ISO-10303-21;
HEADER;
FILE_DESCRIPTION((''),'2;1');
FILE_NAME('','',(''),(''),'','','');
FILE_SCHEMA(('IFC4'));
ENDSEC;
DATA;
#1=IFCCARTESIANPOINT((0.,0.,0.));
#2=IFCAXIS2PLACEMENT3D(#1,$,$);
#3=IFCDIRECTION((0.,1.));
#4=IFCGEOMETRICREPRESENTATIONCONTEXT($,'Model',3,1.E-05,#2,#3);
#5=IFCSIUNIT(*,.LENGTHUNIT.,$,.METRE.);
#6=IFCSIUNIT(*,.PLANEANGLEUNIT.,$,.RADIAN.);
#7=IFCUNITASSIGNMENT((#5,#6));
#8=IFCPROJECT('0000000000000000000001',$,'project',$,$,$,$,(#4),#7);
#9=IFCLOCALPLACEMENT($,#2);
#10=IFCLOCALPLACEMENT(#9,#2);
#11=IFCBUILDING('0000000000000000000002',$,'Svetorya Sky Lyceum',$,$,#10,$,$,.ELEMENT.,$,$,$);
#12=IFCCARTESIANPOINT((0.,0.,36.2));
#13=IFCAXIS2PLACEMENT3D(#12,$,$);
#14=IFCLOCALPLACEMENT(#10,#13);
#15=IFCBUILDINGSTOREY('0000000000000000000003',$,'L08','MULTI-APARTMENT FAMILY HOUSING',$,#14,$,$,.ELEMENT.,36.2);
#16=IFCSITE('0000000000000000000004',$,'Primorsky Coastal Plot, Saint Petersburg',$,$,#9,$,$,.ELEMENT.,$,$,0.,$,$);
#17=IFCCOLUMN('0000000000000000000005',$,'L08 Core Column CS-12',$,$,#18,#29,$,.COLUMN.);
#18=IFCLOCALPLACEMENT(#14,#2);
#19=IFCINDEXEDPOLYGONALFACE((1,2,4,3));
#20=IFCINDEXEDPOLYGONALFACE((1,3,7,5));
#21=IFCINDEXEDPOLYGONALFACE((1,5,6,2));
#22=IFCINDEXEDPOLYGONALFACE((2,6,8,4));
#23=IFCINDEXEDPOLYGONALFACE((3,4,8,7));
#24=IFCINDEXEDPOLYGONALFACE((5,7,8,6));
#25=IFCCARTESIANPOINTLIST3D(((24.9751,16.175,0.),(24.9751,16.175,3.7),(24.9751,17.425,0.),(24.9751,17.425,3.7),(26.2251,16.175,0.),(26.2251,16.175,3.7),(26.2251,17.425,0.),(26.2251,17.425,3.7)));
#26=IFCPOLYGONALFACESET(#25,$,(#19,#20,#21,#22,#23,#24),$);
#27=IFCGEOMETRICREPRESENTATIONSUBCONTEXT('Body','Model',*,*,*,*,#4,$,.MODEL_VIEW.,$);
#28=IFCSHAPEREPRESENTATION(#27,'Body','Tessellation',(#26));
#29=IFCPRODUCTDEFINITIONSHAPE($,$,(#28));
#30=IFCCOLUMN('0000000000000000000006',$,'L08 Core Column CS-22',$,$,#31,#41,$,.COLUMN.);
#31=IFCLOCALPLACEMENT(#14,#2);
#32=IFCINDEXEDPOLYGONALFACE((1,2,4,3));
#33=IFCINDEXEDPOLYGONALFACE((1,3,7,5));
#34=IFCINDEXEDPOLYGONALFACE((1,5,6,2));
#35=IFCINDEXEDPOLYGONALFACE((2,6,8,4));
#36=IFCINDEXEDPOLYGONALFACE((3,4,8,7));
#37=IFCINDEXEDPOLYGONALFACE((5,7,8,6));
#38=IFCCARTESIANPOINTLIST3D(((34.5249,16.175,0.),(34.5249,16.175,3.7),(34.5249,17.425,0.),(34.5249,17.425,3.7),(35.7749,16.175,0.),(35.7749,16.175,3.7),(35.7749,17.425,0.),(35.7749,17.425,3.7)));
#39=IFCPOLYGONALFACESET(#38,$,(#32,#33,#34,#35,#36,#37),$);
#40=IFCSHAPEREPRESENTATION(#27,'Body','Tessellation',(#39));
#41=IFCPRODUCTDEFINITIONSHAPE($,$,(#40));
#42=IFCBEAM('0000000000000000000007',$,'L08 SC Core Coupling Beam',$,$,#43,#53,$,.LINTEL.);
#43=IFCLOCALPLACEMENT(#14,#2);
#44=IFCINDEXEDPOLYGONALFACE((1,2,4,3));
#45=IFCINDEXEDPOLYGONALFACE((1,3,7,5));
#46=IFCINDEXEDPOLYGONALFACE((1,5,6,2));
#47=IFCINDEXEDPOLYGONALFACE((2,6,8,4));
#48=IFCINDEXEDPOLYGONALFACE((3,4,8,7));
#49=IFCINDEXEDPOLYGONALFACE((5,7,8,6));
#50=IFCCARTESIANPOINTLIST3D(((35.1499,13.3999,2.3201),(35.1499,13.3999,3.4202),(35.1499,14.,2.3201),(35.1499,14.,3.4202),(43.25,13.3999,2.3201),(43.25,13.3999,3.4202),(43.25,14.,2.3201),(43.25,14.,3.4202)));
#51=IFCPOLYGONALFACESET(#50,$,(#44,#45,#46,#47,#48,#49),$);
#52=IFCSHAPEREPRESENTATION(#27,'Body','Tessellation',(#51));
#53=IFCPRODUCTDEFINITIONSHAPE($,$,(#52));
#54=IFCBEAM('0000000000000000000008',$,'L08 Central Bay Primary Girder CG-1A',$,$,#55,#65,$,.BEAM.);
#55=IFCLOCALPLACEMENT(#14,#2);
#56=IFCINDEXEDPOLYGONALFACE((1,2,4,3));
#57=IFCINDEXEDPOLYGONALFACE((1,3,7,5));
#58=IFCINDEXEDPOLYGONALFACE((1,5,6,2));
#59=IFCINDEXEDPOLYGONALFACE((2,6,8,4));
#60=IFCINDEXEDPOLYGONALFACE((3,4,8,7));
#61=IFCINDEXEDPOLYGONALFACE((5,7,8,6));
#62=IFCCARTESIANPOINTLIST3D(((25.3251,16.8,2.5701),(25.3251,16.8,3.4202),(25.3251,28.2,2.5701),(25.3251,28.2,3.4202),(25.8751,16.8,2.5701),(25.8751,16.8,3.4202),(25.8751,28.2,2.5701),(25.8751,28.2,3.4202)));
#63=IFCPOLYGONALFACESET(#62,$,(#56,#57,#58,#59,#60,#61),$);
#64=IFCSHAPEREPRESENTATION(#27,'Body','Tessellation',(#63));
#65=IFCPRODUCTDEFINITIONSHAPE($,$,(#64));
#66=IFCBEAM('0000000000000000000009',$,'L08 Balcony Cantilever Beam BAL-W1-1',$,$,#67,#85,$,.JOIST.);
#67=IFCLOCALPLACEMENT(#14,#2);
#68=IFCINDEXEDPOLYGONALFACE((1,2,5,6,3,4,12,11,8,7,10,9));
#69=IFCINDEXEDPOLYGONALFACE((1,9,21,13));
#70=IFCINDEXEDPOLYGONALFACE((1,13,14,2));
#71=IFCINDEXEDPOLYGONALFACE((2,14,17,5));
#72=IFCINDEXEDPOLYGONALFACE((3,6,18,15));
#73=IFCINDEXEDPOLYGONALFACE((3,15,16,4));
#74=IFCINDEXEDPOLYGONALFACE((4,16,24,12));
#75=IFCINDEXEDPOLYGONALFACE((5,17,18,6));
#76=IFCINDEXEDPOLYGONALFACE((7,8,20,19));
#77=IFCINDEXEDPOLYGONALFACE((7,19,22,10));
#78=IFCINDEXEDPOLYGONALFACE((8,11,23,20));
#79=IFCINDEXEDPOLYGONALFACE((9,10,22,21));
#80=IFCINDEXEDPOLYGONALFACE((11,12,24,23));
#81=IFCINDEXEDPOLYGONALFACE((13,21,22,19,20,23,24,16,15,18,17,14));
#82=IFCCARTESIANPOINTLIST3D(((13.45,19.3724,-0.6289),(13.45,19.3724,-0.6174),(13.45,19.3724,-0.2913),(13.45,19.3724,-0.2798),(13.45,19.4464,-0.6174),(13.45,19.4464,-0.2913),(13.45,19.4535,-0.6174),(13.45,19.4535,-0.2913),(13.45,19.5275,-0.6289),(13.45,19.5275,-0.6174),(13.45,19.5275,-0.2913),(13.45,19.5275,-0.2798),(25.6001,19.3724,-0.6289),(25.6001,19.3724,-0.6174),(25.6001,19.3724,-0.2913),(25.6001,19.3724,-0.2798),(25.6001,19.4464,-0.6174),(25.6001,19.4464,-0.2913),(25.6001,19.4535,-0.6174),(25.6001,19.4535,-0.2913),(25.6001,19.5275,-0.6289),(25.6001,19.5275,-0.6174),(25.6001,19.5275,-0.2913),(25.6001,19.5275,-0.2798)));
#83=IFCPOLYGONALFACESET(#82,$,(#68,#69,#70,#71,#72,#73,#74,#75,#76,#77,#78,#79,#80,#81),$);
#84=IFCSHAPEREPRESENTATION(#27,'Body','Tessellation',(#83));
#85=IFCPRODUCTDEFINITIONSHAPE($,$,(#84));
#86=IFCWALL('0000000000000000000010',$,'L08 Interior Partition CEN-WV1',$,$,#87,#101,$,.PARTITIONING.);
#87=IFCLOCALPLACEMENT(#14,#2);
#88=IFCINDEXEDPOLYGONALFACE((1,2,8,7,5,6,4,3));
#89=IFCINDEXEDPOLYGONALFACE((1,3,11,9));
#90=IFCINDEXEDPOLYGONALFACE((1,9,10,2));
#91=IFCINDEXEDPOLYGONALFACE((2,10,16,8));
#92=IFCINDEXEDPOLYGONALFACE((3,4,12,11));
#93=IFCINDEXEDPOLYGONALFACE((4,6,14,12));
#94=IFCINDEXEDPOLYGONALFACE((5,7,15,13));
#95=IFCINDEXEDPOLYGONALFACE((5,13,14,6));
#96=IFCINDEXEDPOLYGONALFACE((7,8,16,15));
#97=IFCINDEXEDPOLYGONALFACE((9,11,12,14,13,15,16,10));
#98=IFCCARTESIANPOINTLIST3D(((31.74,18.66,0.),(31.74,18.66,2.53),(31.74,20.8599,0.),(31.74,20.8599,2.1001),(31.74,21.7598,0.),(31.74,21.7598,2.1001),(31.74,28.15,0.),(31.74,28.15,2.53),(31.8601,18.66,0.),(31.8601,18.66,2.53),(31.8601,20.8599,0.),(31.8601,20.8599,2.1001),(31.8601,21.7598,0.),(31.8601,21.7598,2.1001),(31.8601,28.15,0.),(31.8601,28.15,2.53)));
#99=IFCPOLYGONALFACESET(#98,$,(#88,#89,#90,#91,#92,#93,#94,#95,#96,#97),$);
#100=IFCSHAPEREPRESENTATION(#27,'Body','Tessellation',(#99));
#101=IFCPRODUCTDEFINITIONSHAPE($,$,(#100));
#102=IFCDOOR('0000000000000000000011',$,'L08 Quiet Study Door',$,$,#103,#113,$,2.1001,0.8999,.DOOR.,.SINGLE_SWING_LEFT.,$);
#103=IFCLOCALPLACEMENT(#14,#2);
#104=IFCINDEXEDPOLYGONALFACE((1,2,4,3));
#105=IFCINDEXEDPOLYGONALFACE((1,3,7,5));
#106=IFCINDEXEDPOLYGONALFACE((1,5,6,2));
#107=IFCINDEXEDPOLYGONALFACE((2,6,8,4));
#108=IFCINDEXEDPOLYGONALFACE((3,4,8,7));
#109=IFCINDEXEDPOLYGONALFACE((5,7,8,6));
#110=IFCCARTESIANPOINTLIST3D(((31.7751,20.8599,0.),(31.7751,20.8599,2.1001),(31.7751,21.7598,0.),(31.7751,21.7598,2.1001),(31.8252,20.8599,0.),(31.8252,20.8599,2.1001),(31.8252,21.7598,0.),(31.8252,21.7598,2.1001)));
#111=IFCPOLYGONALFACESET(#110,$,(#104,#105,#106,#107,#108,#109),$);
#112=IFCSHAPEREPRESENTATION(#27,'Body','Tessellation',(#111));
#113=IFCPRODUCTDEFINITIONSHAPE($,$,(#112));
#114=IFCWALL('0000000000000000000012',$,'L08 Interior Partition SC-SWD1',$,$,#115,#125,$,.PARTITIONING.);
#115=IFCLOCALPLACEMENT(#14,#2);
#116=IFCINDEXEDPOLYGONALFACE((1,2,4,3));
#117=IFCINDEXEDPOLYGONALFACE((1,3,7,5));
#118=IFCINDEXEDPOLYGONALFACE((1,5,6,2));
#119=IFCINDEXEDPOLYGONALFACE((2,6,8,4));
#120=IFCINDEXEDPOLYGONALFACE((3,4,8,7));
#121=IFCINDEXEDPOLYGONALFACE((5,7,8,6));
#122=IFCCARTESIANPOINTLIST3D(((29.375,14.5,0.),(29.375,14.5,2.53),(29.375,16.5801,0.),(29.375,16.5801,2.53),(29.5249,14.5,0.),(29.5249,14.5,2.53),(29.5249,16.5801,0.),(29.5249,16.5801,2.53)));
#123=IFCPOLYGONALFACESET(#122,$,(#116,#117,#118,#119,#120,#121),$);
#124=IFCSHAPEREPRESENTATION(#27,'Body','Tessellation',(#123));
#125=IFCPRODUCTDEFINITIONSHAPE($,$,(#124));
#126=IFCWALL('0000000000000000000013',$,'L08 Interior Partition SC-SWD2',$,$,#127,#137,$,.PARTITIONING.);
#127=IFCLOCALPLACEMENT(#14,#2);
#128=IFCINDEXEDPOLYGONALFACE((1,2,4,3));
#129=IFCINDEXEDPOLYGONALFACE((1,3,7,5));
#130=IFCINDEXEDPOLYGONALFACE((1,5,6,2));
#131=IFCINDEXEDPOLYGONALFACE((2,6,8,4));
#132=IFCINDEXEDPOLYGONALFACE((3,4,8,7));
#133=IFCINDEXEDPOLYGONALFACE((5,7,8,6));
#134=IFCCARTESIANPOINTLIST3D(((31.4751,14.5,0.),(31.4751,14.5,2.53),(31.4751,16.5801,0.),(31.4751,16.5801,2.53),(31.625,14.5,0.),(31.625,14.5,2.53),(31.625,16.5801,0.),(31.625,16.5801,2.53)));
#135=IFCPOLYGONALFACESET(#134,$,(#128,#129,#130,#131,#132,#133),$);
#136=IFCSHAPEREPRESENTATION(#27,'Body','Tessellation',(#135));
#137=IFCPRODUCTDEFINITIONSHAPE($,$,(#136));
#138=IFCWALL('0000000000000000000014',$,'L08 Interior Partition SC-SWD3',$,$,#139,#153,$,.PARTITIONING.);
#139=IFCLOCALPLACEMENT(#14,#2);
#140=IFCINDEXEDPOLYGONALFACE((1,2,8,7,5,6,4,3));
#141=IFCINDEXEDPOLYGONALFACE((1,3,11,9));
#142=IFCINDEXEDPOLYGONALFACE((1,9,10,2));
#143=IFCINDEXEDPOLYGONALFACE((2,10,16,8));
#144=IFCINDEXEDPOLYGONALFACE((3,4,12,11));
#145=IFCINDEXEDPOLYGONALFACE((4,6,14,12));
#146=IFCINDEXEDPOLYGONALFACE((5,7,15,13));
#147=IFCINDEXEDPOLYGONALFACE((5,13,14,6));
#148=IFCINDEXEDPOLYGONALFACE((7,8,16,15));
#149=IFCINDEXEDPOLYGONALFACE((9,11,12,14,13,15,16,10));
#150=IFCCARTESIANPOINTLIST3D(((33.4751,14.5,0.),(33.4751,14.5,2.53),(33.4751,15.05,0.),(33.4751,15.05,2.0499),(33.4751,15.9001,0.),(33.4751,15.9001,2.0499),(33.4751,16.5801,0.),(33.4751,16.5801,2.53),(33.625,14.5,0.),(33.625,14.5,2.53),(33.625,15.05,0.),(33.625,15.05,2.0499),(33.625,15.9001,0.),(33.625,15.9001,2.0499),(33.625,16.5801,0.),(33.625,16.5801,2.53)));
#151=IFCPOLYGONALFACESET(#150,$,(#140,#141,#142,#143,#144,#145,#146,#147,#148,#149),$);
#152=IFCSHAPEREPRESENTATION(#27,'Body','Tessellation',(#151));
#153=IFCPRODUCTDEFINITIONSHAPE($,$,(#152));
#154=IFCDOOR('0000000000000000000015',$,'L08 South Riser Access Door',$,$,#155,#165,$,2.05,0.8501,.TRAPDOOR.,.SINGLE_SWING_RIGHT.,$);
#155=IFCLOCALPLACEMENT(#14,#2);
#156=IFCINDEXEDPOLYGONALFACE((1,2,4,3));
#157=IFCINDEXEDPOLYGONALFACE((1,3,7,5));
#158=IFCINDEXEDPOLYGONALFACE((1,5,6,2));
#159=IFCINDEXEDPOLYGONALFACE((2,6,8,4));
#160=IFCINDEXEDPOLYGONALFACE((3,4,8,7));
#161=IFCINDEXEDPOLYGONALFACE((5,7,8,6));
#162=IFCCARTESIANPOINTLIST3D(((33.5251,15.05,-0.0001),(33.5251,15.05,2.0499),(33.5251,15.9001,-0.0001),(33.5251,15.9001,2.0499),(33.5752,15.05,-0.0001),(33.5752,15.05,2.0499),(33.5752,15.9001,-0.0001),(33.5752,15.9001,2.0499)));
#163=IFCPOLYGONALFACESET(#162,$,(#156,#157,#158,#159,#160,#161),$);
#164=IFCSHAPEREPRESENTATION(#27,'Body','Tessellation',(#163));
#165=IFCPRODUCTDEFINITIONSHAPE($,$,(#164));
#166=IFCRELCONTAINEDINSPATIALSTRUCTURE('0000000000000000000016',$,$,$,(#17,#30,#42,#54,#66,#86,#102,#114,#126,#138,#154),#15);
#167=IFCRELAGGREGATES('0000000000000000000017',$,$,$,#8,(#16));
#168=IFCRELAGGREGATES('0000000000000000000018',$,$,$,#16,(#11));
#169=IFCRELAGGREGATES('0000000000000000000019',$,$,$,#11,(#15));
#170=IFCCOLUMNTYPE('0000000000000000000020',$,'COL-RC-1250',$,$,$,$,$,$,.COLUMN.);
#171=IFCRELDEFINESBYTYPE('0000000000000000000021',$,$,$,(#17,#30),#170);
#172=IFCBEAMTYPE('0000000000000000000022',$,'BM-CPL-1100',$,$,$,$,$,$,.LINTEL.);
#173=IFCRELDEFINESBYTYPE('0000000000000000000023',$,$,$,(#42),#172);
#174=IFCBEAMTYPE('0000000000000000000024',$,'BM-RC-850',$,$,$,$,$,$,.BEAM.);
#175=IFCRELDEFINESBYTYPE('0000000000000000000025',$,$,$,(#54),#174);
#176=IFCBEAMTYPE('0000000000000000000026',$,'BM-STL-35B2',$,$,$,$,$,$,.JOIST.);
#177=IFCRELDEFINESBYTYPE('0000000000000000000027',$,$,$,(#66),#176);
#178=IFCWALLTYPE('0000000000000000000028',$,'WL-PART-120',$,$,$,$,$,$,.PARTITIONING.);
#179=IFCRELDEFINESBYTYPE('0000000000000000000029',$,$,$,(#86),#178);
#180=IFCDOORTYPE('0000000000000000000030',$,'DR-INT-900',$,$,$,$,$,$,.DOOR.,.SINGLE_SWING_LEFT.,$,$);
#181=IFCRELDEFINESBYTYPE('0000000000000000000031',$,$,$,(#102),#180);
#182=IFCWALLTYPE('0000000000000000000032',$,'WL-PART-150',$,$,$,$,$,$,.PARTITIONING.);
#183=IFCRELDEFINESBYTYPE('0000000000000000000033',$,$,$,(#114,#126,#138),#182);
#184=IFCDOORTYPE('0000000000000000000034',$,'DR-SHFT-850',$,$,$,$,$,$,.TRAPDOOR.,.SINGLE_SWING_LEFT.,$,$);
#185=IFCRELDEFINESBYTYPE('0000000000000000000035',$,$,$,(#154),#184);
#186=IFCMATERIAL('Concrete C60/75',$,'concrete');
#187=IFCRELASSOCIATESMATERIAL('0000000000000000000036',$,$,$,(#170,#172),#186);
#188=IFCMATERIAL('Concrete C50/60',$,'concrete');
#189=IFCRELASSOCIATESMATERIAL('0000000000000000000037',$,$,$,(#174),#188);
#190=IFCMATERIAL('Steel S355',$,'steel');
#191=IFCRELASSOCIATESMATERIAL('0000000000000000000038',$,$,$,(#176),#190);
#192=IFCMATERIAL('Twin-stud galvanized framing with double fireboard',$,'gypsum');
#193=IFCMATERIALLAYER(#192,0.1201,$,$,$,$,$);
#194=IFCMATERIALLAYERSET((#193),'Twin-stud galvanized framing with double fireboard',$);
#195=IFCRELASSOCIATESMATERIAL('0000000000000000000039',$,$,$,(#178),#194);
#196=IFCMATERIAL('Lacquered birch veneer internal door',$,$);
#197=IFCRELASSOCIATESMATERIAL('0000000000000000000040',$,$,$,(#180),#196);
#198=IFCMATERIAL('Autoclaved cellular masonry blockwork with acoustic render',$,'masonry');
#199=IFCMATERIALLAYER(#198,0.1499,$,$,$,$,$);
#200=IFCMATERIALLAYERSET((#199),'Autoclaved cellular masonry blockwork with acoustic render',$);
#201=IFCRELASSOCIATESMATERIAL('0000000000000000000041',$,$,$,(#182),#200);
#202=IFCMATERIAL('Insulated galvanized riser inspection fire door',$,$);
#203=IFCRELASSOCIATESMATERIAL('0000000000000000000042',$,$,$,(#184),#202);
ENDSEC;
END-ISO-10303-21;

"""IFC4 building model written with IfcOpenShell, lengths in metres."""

from ifc_helpers import new_model, si_unit, direction, frame, frame_2d, origin, origin_2d, place, context, subcontext, project, spatial, rectangle, i_section, extrude, material, layer, layer_set, material_profile, profile_set, type_object, element, fill, save


model = new_model("IFC4")

# Units and contexts
model_context = context("Model", 3, precision=1e-05, world=origin(), true_north=direction((0.0, 1.0)))
body_context = subcontext(model_context, "Body", "Model", "MODEL_VIEW")
ifc_project = project(units=[si_unit("LENGTHUNIT", "METRE"), si_unit("PLANEANGLEUNIT", "RADIAN")], contexts=[model_context])

# Site, building, storey
site_placement = place(None, origin())
site = spatial("IfcSite", under=ifc_project, at=site_placement, Name="Primorsky Coastal Plot, Saint Petersburg", CompositionType="ELEMENT", RefElevation=0.0)
building_placement = place(site_placement, origin())
building = spatial("IfcBuilding", under=site, at=building_placement, Name="Svetorya Sky Lyceum", CompositionType="ELEMENT")
storey_placement = place(building_placement, frame((0.0, 0.0, 36.2)))
storey = spatial("IfcBuildingStorey", under=building, at=storey_placement, Name="L08", Description="MULTI-APARTMENT FAMILY HOUSING", CompositionType="ELEMENT", Elevation=36.2)

# Columns
ifc_material_1 = material(Name="Concrete C60/75", Category="concrete")
ifc_material_profile_1 = material_profile(ifc_material_1, rectangle(XDim=1.25, YDim=1.25, at=origin_2d()), Name="RC COL 1250x1250")
ifc_profile_set_1 = profile_set([ifc_material_profile_1], Name="Concrete C60/75")
column_type = type_object("IfcColumnType", Name="COL-RC-1250", PredefinedType="COLUMN", material=ifc_profile_set_1)
for number, where, z_axis, x_axis, name in (
    (1, (25.6001, 16.8, 0.0), (0.0, 0.0, 1.0), (1.0, 0.0, 0.0), "L08 Core Column CS-12"),
    (2, (35.1499, 16.8, 0.0), (0.0, 0.0, 1.0), (1.0, 0.0, 0.0), "L08 Core Column CS-22"),
):
    element("IfcColumn", number, at=place(storey_placement, frame(where, z_axis=z_axis, x_axis=x_axis)), inside=storey, type_object=column_type, Name=name, PredefinedType="COLUMN", context=body_context, shape_type="SweptSolid", body=[
        extrude(rectangle(XDim=1.25, YDim=1.25, at=origin_2d()), origin(), (0.0, 0.0, 1.0), 3.7),
    ])

# Beams
ifc_material_profile_2 = material_profile(ifc_material_1, rectangle(XDim=0.6001, YDim=1.1001, at=origin_2d()), Name="RC COUPLING 600x1100")
ifc_profile_set_2 = profile_set([ifc_material_profile_2], Name="Concrete C60/75")
beam_type_1 = type_object("IfcBeamType", Name="BM-CPL-1100", PredefinedType="LINTEL", material=ifc_profile_set_2)
beam_1_placement = place(storey_placement, frame((35.1499, 13.7, 2.8701), z_axis=(1.0, 0.0, 0.0), x_axis=(0.0, 1.0, 0.0)))
element("IfcBeam", 3, at=beam_1_placement, inside=storey, type_object=beam_type_1, Name="L08 SC Core Coupling Beam", PredefinedType="LINTEL", context=body_context, shape_type="SweptSolid", body=[
    extrude(rectangle(XDim=0.6001, YDim=1.1001, at=origin_2d()), origin(), (0.0, 0.0, 1.0), 8.1001),
])
ifc_material_2 = material(Name="Concrete C50/60", Category="concrete")
ifc_material_profile_3 = material_profile(ifc_material_2, rectangle(XDim=0.55, YDim=0.8501, at=origin_2d()), Name="RC BEAM 550x850")
ifc_profile_set_3 = profile_set([ifc_material_profile_3], Name="Concrete C50/60")
beam_type_2 = type_object("IfcBeamType", Name="BM-RC-850", PredefinedType="BEAM", material=ifc_profile_set_3)
beam_2_placement = place(storey_placement, frame((25.6001, 16.8, 2.9951), z_axis=(0.0, 1.0, 0.0), x_axis=(-1.0, 0.0, 0.0)))
element("IfcBeam", 4, at=beam_2_placement, inside=storey, type_object=beam_type_2, Name="L08 Central Bay Primary Girder CG-1A", PredefinedType="BEAM", context=body_context, shape_type="SweptSolid", body=[
    extrude(rectangle(XDim=0.55, YDim=0.8501, at=origin_2d()), origin(), (0.0, 0.0, 1.0), 11.3999),
])
ifc_material_3 = material(Name="Steel S355", Category="steel")
ifc_material_profile_4 = material_profile(ifc_material_3, i_section(OverallWidth=0.155, OverallDepth=0.3491, WebThickness=0.0071, FlangeThickness=0.0115, at=origin_2d()), Name="GOST 35B2")
ifc_profile_set_4 = profile_set([ifc_material_profile_4], Name="Steel S355")
beam_type_3 = type_object("IfcBeamType", Name="BM-STL-35B2", PredefinedType="JOIST", material=ifc_profile_set_4)
beam_3_placement = place(storey_placement, frame((25.6001, 19.45, -0.4543), z_axis=(-1.0, 0.0, 0.0), x_axis=(0.0, -1.0, 0.0)))
element("IfcBeam", 5, at=beam_3_placement, inside=storey, type_object=beam_type_3, Name="L08 Balcony Cantilever Beam BAL-W1-1", PredefinedType="JOIST", context=body_context, shape_type="SweptSolid", body=[
    extrude(i_section(OverallWidth=0.155, OverallDepth=0.3491, WebThickness=0.0071, FlangeThickness=0.0115, at=origin_2d()), origin(), (0.0, 0.0, 1.0), 12.1501),
])

# Wall, opening, door
ifc_material_4 = material(Name="Twin-stud galvanized framing with double fireboard", Category="gypsum")
ifc_layer_1 = layer(ifc_material_4, 0.1201)
ifc_layer_set_1 = layer_set([ifc_layer_1], Name="Twin-stud galvanized framing with double fireboard")
wall_type_1 = type_object("IfcWallType", Name="WL-PART-120", PredefinedType="PARTITIONING", material=ifc_layer_set_1)
wall_1_placement = place(storey_placement, frame((31.8, 18.6599, 0.0), z_axis=(0.0, 0.0, 1.0), x_axis=(0.0, 1.0, 0.0)))
wall_1 = element("IfcWall", 6, at=wall_1_placement, inside=storey, type_object=wall_type_1, Name="L08 Interior Partition CEN-WV1", PredefinedType="PARTITIONING", context=body_context, shape_type="SweptSolid", body=[
    extrude(rectangle(XDim=9.49, YDim=0.1201, at=frame_2d((4.7451, 0.0))), origin(), (0.0, 0.0, 1.0), 2.53),
])
opening_1_placement = place(wall_1_placement, frame((2.2, 0.0, 0.0)))
opening_1 = element("IfcOpeningElement", 7, at=opening_1_placement, cuts=wall_1, PredefinedType="OPENING", context=body_context, shape_type="SweptSolid", body=[
    extrude(rectangle(XDim=0.8999, YDim=2.1001, at=frame_2d((0.45, 1.05))), frame((0.0, 0.0701, 0.0), z_axis=(0.0, -1.0, 0.0), x_axis=(1.0, 0.0, 0.0)), (0.0, 0.0, 1.0), 0.1401),
])
ifc_material_5 = material(Name="Lacquered birch veneer internal door")
door_type_1 = type_object("IfcDoorType", Name="DR-INT-900", OperationType="SINGLE_SWING_LEFT", PredefinedType="DOOR", material=ifc_material_5)
door_1_placement = place(opening_1_placement, origin())
door_1 = element("IfcDoor", 8, at=door_1_placement, inside=storey, type_object=door_type_1, Name="L08 Quiet Study Door", OperationType="SINGLE_SWING_LEFT", OverallHeight=2.1001, OverallWidth=0.8999, PredefinedType="DOOR", context=body_context, shape_type="SweptSolid", body=[
    extrude(rectangle(XDim=0.8999, YDim=2.1001, at=frame_2d((0.45, 1.05))), frame((0.0, 0.0249, 0.0), z_axis=(0.0, -1.0, 0.0), x_axis=(1.0, 0.0, 0.0)), (0.0, 0.0, 1.0), 0.05),
])
fill(opening_1, door_1)

# Walls
ifc_material_6 = material(Name="Autoclaved cellular masonry blockwork with acoustic render", Category="masonry")
ifc_layer_2 = layer(ifc_material_6, 0.1499)
ifc_layer_set_2 = layer_set([ifc_layer_2], Name="Autoclaved cellular masonry blockwork with acoustic render")
wall_type_2 = type_object("IfcWallType", Name="WL-PART-150", PredefinedType="PARTITIONING", material=ifc_layer_set_2)
for number, where, z_axis, x_axis, name in (
    (9, (29.45, 14.5, 0.0), (0.0, 0.0, 1.0), (0.0, 1.0, 0.0), "L08 Interior Partition SC-SWD1"),
    (10, (31.55, 14.5, 0.0), (0.0, 0.0, 1.0), (0.0, 1.0, 0.0), "L08 Interior Partition SC-SWD2"),
):
    element("IfcWall", number, at=place(storey_placement, frame(where, z_axis=z_axis, x_axis=x_axis)), inside=storey, type_object=wall_type_2, Name=name, PredefinedType="PARTITIONING", context=body_context, shape_type="SweptSolid", body=[
        extrude(rectangle(XDim=2.0801, YDim=0.1499, at=frame_2d((1.04, 0.0))), origin(), (0.0, 0.0, 1.0), 2.53),
    ])

# Wall, opening, door
wall_2_placement = place(storey_placement, frame((33.55, 14.5, 0.0), z_axis=(0.0, 0.0, 1.0), x_axis=(0.0, 1.0, 0.0)))
wall_2 = element("IfcWall", 11, at=wall_2_placement, inside=storey, type_object=wall_type_2, Name="L08 Interior Partition SC-SWD3", PredefinedType="PARTITIONING", context=body_context, shape_type="SweptSolid", body=[
    extrude(rectangle(XDim=2.0801, YDim=0.1499, at=frame_2d((1.04, 0.0))), origin(), (0.0, 0.0, 1.0), 2.53),
])
opening_2_placement = place(wall_2_placement, frame((0.55, 0.0, 0.0)))
opening_2 = element("IfcOpeningElement", 12, at=opening_2_placement, cuts=wall_2, PredefinedType="OPENING", context=body_context, shape_type="SweptSolid", body=[
    extrude(rectangle(XDim=0.8501, YDim=2.05, at=frame_2d((0.425, 1.0249))), frame((0.0, 0.085, 0.0), z_axis=(0.0, -1.0, 0.0), x_axis=(1.0, 0.0, 0.0)), (0.0, 0.0, 1.0), 0.1699),
])
ifc_material_7 = material(Name="Insulated galvanized riser inspection fire door")
door_type_2 = type_object("IfcDoorType", Name="DR-SHFT-850", OperationType="SINGLE_SWING_LEFT", PredefinedType="TRAPDOOR", material=ifc_material_7)
door_2_placement = place(opening_2_placement, origin())
door_2 = element("IfcDoor", 13, at=door_2_placement, inside=storey, type_object=door_type_2, Name="L08 South Riser Access Door", OperationType="SINGLE_SWING_RIGHT", OverallHeight=2.05, OverallWidth=0.8501, PredefinedType="TRAPDOOR", context=body_context, shape_type="SweptSolid", body=[
    extrude(rectangle(XDim=0.8501, YDim=2.05, at=frame_2d((0.425, 1.0249))), frame((0.0, 0.0249, 0.0), z_axis=(0.0, -1.0, 0.0), x_axis=(1.0, 0.0, 0.0)), (0.0, 0.0, 1.0), 0.05),
])
fill(opening_2, door_2)

save(model, "model.ifc")
